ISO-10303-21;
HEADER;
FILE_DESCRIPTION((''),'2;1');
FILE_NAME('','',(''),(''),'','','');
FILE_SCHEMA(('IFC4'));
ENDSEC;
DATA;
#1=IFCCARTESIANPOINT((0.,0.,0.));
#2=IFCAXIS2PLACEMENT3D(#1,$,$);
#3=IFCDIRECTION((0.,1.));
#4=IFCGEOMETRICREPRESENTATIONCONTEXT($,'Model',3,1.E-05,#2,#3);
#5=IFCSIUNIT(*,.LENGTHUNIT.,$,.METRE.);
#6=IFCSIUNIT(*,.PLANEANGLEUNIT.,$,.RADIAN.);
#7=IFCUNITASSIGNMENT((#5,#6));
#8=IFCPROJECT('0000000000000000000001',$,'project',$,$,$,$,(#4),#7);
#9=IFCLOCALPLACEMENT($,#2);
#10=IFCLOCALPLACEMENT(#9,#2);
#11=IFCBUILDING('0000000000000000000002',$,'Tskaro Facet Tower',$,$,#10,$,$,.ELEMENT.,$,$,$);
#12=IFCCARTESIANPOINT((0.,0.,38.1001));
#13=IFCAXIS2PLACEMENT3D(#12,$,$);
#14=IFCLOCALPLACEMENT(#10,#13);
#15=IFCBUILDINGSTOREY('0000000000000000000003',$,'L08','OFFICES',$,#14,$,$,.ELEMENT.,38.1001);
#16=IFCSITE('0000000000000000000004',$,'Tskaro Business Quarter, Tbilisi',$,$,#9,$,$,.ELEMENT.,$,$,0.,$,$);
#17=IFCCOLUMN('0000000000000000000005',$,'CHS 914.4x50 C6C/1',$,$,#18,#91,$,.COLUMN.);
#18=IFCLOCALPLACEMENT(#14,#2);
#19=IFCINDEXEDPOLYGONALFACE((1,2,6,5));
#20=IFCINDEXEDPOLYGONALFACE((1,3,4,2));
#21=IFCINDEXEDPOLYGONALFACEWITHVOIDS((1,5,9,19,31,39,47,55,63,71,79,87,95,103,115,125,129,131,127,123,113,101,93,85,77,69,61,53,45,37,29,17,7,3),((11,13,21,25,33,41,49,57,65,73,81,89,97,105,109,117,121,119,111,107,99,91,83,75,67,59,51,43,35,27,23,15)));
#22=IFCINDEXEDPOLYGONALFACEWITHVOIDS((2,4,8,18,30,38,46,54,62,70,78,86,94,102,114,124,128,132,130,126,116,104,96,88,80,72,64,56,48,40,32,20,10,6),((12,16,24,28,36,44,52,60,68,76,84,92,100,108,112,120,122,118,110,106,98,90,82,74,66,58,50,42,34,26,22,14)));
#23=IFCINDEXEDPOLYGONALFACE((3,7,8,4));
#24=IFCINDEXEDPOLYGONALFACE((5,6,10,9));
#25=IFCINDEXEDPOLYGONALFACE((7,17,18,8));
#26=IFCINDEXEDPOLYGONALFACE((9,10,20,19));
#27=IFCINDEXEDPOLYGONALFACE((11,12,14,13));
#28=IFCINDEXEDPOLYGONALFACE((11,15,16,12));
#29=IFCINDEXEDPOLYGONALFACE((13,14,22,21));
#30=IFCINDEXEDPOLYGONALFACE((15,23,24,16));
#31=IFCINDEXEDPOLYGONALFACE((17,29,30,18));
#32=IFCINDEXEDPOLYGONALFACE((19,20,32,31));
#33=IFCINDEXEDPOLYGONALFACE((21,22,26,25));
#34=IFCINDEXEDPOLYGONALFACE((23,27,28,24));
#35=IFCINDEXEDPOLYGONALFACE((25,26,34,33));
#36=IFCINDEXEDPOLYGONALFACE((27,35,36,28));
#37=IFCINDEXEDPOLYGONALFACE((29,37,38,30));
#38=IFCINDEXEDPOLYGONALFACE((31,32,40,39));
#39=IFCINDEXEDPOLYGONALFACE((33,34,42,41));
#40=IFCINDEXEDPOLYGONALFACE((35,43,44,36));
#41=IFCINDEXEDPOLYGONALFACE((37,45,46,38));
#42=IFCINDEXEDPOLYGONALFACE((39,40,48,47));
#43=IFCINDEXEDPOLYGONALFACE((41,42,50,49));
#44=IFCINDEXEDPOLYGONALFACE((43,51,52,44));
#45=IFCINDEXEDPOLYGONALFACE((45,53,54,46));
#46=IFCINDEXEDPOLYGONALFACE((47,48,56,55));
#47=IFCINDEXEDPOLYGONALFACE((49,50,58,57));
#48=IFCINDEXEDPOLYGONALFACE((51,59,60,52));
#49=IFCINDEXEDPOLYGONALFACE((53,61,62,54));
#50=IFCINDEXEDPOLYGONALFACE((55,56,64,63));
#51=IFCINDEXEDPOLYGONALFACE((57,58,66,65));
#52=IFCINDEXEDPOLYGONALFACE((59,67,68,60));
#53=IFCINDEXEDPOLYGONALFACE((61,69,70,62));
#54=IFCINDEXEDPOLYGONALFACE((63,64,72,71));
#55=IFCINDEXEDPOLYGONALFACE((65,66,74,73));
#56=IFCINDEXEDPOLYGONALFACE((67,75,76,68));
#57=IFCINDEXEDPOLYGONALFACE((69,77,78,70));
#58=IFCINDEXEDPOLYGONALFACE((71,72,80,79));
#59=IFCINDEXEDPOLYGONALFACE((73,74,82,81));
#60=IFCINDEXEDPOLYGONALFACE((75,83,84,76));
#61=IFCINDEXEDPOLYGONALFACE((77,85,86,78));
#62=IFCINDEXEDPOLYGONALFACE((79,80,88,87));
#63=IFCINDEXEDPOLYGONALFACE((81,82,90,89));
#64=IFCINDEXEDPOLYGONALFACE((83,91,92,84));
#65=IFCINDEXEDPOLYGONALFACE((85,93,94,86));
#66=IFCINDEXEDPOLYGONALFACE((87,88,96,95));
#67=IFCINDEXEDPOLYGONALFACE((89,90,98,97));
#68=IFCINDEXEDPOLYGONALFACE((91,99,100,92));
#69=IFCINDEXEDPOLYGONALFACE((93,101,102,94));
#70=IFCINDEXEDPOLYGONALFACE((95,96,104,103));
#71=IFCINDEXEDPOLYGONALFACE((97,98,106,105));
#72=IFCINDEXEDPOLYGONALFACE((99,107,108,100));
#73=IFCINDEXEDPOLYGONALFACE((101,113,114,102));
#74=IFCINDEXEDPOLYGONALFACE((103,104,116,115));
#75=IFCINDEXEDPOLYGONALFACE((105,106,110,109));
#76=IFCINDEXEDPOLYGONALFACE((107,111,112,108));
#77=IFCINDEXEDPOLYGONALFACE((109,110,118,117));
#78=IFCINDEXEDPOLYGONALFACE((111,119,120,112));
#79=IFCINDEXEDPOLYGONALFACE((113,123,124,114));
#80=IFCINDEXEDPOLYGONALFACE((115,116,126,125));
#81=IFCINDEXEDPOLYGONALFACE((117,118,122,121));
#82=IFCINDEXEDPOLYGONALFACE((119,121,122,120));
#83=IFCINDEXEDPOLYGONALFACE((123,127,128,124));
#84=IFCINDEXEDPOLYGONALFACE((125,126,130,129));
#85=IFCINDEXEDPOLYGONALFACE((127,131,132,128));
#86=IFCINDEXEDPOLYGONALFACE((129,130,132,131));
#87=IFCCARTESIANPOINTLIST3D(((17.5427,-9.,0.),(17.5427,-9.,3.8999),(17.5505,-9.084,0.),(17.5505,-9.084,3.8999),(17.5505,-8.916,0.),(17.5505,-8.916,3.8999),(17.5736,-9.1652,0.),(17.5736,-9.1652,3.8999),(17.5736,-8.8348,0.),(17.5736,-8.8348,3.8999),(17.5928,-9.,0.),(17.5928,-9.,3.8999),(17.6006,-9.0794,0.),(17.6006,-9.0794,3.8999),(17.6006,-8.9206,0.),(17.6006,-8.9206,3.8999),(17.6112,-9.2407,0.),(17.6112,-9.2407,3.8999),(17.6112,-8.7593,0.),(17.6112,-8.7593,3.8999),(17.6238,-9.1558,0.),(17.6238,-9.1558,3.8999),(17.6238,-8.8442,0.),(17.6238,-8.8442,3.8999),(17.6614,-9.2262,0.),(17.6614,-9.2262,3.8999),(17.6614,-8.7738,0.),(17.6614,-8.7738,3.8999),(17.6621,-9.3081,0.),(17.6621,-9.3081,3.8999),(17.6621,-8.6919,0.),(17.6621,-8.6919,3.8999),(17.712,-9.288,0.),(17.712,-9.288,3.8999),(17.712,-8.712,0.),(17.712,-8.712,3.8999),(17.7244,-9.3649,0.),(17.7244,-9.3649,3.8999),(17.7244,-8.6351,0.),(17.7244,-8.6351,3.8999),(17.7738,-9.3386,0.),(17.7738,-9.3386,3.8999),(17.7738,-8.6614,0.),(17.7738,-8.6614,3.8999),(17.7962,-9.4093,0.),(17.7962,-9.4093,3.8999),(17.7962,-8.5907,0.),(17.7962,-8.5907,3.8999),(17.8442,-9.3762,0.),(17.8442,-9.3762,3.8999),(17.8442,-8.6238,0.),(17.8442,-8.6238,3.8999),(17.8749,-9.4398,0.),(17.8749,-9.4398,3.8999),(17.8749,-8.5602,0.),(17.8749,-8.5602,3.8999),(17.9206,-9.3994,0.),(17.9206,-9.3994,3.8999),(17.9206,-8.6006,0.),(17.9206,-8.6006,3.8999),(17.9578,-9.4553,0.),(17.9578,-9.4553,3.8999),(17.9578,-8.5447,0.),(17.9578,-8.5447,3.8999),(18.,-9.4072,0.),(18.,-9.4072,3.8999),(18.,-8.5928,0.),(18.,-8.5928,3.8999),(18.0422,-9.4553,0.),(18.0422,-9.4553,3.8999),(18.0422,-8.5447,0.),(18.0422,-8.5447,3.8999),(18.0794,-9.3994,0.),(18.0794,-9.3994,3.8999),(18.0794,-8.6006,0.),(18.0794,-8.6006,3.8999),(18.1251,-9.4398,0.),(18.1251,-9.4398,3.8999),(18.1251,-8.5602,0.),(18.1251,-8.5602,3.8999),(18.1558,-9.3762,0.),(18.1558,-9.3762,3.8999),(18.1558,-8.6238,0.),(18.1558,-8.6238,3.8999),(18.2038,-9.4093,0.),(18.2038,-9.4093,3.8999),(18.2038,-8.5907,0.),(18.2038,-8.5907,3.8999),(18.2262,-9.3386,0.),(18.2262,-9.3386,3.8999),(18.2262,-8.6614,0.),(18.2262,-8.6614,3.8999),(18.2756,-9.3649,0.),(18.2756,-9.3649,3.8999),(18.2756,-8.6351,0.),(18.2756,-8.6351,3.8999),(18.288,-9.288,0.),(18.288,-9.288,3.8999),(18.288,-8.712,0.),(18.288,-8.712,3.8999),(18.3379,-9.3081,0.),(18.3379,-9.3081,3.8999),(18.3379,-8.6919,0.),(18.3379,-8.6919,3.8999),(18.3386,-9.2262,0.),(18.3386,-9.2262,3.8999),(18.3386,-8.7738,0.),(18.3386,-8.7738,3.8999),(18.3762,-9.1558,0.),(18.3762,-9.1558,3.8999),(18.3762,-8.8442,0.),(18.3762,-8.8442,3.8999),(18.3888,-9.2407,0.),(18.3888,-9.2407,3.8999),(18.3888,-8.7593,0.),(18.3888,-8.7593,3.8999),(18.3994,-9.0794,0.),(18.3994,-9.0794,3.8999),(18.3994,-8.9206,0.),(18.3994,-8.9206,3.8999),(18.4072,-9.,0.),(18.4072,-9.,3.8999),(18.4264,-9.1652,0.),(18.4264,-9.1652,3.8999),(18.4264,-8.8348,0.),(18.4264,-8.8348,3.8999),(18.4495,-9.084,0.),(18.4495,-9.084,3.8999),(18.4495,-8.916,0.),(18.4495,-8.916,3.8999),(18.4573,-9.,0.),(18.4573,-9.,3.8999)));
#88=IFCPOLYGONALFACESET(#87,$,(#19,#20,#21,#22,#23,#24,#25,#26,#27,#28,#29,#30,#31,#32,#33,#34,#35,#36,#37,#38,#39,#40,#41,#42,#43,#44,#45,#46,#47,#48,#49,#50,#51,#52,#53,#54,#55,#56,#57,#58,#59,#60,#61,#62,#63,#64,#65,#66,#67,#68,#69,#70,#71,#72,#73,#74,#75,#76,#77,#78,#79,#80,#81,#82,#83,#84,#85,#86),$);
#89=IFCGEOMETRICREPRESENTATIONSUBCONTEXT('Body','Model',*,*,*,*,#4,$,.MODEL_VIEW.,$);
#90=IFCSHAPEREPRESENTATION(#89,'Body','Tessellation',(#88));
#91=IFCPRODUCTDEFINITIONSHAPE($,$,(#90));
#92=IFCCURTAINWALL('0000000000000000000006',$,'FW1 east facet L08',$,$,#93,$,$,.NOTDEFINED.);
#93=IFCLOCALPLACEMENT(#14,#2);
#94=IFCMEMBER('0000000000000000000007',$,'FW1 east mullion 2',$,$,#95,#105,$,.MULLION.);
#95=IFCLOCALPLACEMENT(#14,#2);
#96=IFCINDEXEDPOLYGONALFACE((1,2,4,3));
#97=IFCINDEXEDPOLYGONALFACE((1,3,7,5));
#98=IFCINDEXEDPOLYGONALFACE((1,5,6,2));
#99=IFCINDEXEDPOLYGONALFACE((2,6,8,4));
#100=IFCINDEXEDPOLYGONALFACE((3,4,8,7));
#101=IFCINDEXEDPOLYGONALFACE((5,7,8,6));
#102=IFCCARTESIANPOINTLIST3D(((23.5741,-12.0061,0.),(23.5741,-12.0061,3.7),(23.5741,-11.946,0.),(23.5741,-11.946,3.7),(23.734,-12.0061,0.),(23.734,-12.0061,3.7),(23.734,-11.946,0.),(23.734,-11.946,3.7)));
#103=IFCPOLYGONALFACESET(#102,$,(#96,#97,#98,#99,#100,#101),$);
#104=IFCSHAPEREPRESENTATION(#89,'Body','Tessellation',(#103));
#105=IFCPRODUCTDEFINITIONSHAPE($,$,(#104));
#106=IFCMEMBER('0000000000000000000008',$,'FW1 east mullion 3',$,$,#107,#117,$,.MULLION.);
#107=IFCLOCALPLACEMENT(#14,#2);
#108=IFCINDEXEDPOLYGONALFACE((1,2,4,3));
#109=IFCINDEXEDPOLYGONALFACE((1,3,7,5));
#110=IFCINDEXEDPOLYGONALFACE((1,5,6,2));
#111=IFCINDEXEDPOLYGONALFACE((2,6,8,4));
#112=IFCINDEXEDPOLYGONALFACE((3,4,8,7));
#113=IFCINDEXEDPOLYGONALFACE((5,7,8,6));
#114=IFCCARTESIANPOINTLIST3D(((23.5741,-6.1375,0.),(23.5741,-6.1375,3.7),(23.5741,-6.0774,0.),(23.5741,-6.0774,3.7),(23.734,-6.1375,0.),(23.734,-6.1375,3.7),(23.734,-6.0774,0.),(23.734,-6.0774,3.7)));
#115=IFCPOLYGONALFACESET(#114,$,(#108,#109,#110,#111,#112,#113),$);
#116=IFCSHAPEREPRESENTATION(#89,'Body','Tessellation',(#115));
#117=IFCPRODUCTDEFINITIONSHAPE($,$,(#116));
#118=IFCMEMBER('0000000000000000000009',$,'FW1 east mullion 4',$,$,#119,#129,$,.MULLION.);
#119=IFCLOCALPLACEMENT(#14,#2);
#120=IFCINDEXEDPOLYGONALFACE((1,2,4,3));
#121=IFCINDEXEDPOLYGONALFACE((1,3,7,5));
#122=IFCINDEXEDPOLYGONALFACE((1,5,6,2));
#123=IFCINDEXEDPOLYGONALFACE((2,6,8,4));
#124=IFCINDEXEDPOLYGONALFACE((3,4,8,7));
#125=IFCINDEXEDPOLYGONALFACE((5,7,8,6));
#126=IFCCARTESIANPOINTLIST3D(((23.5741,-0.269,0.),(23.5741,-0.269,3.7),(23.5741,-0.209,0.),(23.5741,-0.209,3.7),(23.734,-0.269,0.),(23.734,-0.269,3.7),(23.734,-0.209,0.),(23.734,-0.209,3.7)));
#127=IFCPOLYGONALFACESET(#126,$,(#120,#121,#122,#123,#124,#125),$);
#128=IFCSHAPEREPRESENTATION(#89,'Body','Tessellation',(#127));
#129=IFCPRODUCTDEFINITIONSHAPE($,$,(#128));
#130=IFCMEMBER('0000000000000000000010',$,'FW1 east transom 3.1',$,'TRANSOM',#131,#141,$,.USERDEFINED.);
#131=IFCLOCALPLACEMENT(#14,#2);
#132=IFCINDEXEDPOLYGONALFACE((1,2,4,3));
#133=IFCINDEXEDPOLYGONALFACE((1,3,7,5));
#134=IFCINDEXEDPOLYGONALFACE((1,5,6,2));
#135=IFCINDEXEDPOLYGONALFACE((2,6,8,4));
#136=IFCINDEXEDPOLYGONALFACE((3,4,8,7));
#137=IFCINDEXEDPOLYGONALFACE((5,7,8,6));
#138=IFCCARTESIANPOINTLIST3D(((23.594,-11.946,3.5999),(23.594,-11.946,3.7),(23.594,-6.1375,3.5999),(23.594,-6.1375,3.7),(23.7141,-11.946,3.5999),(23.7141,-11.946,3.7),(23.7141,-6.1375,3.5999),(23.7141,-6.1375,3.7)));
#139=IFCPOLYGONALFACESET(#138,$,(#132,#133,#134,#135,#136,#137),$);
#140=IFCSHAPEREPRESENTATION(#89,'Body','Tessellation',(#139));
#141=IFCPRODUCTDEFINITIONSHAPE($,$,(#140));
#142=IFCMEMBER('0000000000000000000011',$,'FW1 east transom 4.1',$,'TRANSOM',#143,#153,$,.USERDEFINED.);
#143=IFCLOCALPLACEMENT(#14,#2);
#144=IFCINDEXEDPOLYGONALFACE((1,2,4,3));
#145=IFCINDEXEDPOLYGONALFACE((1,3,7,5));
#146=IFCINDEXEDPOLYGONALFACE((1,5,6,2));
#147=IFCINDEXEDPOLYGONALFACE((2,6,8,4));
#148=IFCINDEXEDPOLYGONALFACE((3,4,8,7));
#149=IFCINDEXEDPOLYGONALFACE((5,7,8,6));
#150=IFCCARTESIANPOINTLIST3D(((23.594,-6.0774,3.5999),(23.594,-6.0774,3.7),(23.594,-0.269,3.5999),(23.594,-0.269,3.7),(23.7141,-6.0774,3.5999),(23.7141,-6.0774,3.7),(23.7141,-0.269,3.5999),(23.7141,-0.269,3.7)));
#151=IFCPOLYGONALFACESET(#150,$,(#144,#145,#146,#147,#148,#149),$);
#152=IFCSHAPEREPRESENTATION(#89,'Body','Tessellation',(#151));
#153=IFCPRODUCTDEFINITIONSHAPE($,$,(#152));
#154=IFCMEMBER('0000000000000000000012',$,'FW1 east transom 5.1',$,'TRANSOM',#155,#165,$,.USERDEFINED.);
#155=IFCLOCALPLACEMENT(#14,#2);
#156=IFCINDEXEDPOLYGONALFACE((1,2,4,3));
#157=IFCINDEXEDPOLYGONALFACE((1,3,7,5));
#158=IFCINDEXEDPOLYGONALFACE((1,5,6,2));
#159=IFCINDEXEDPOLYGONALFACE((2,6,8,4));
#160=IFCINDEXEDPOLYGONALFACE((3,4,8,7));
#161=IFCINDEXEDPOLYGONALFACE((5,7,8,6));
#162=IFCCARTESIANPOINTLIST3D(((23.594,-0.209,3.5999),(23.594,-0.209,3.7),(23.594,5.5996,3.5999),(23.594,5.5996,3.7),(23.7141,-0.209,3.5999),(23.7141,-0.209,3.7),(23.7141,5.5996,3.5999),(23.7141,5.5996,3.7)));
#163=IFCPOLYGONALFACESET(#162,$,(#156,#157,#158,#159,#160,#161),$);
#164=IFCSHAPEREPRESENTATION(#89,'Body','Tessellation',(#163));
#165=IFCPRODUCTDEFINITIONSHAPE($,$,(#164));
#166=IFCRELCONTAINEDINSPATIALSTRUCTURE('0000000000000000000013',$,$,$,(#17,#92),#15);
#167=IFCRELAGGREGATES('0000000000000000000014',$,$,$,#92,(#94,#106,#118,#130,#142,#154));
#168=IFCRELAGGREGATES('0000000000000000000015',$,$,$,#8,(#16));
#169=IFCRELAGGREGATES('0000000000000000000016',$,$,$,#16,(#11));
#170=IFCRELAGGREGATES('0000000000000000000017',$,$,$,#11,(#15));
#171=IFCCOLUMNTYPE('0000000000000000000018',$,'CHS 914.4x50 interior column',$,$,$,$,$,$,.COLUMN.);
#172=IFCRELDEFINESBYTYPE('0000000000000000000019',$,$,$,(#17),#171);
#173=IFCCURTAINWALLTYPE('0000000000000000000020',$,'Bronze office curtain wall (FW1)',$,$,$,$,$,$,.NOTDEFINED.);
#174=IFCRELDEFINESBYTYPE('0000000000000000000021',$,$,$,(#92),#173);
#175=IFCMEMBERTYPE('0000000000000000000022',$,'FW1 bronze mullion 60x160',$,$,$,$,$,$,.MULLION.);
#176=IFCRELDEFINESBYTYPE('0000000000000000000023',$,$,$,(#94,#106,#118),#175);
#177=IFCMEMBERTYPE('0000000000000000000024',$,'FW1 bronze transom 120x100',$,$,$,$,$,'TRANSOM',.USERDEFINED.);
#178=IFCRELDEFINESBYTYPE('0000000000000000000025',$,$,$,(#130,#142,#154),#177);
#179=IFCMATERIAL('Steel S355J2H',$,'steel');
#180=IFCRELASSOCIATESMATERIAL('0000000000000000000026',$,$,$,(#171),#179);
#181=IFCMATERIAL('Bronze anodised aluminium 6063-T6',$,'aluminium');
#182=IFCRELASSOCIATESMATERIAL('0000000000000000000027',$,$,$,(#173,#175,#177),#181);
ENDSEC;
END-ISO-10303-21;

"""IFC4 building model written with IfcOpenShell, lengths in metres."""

from ifc_helpers import new_model, si_unit, direction, frame, origin, origin_2d, place, context, subcontext, project, spatial, rectangle, hollow_circle, extrude, material, material_profile, profile_set, type_object, element, aggregate, save


model = new_model("IFC4")

# Units and contexts
model_context = context("Model", 3, precision=1e-05, world=origin(), true_north=direction((0.0, 1.0)))
body_context = subcontext(model_context, "Body", "Model", "MODEL_VIEW")
ifc_project = project(units=[si_unit("LENGTHUNIT", "METRE"), si_unit("PLANEANGLEUNIT", "RADIAN")], contexts=[model_context])

# Site, building, storey
site_placement = place(None, origin())
site = spatial("IfcSite", under=ifc_project, at=site_placement, Name="Tskaro Business Quarter, Tbilisi", CompositionType="ELEMENT", RefElevation=0.0)
building_placement = place(site_placement, origin())
building = spatial("IfcBuilding", under=site, at=building_placement, Name="Tskaro Facet Tower", CompositionType="ELEMENT")
storey_placement = place(building_placement, frame((0.0, 0.0, 38.1001)))
storey = spatial("IfcBuildingStorey", under=building, at=storey_placement, Name="L08", Description="OFFICES", CompositionType="ELEMENT", Elevation=38.1001)

# Column
ifc_material_1 = material(Name="Steel S355J2H", Category="steel")
ifc_material_profile_1 = material_profile(ifc_material_1, hollow_circle(Radius=0.4573, WallThickness=0.05, at=origin_2d()), Name="CHS 914.4x50")
ifc_profile_set_1 = profile_set([ifc_material_profile_1], Name="Steel S355J2H")
column_type_1 = type_object("IfcColumnType", Name="CHS 914.4x50 interior column", PredefinedType="COLUMN", material=ifc_profile_set_1)
column_placement = place(storey_placement, frame((18.0, -9.0, 0.0), z_axis=(0.0, 0.0, 1.0), x_axis=(1.0, 0.0, 0.0)))
element("IfcColumn", 1, at=column_placement, inside=storey, type_object=column_type_1, Name="CHS 914.4x50 C6C/1", PredefinedType="COLUMN", context=body_context, shape_type="SweptSolid", body=[
    extrude(hollow_circle(Radius=0.4573, WallThickness=0.05, at=origin_2d()), origin(), (0.0, 0.0, 1.0), 3.8999),
])

# Curtain wall, members
ifc_material_2 = material(Name="Bronze anodised aluminium 6063-T6", Category="aluminium")
curtain_wall_type = type_object("IfcCurtainWallType", Name="Bronze office curtain wall (FW1)", PredefinedType="NOTDEFINED", material=ifc_material_2)
curtain_wall_placement = place(storey_placement, origin())
curtain_wall = element("IfcCurtainWall", 2, at=curtain_wall_placement, inside=storey, type_object=curtain_wall_type, Name="FW1 east facet L08", PredefinedType="NOTDEFINED")
ifc_material_profile_2 = material_profile(ifc_material_2, rectangle(XDim=0.0601, YDim=0.1599, at=origin_2d()), Name="Mullion 60x160")
ifc_profile_set_2 = profile_set([ifc_material_profile_2], Name="Bronze anodised aluminium 6063-T6")
member_type_1 = type_object("IfcMemberType", Name="FW1 bronze mullion 60x160", PredefinedType="MULLION", material=ifc_profile_set_2)
member_1_placement = place(storey_placement, frame((23.6541, -11.9761, 0.0), z_axis=(0.0, 0.0, 1.0), x_axis=(0.0, 1.0, 0.0)))
member_1 = element("IfcMember", 3, at=member_1_placement, type_object=member_type_1, Name="FW1 east mullion 2", PredefinedType="MULLION", context=body_context, shape_type="SweptSolid", body=[
    extrude(rectangle(XDim=0.0601, YDim=0.1599, at=origin_2d()), origin(), (0.0, 0.0, 1.0), 3.7),
])
member_2_placement = place(storey_placement, frame((23.6541, -6.1074, 0.0), z_axis=(0.0, 0.0, 1.0), x_axis=(0.0, 1.0, 0.0)))
member_2 = element("IfcMember", 4, at=member_2_placement, type_object=member_type_1, Name="FW1 east mullion 3", PredefinedType="MULLION", context=body_context, shape_type="SweptSolid", body=[
    extrude(rectangle(XDim=0.0601, YDim=0.1599, at=origin_2d()), origin(), (0.0, 0.0, 1.0), 3.7),
])
member_3_placement = place(storey_placement, frame((23.6541, -0.239, 0.0), z_axis=(0.0, 0.0, 1.0), x_axis=(0.0, 1.0, 0.0)))
member_3 = element("IfcMember", 5, at=member_3_placement, type_object=member_type_1, Name="FW1 east mullion 4", PredefinedType="MULLION", context=body_context, shape_type="SweptSolid", body=[
    extrude(rectangle(XDim=0.0601, YDim=0.1599, at=origin_2d()), origin(), (0.0, 0.0, 1.0), 3.7),
])
ifc_material_profile_3 = material_profile(ifc_material_2, rectangle(XDim=0.1201, YDim=0.1001, at=origin_2d()), Name="Transom 120x100")
ifc_profile_set_3 = profile_set([ifc_material_profile_3], Name="Bronze anodised aluminium 6063-T6")
member_type_2 = type_object("IfcMemberType", Name="FW1 bronze transom 120x100", ElementType="TRANSOM", PredefinedType="USERDEFINED", material=ifc_profile_set_3)
member_4_placement = place(storey_placement, frame((23.6541, -11.946, 3.6499), z_axis=(0.0, 1.0, 0.0), x_axis=(-1.0, 0.0, 0.0)))
member_4 = element("IfcMember", 6, at=member_4_placement, type_object=member_type_2, Name="FW1 east transom 3.1", ObjectType="TRANSOM", PredefinedType="USERDEFINED", context=body_context, shape_type="SweptSolid", body=[
    extrude(rectangle(XDim=0.1201, YDim=0.1001, at=origin_2d()), origin(), (0.0, 0.0, 1.0), 5.8086),
])
member_5_placement = place(storey_placement, frame((23.6541, -6.0774, 3.6499), z_axis=(0.0, 1.0, 0.0), x_axis=(-1.0, 0.0, 0.0)))
member_5 = element("IfcMember", 7, at=member_5_placement, type_object=member_type_2, Name="FW1 east transom 4.1", ObjectType="TRANSOM", PredefinedType="USERDEFINED", context=body_context, shape_type="SweptSolid", body=[
    extrude(rectangle(XDim=0.1201, YDim=0.1001, at=origin_2d()), origin(), (0.0, 0.0, 1.0), 5.8083),
])
member_6_placement = place(storey_placement, frame((23.6541, -0.209, 3.6499), z_axis=(0.0, 1.0, 0.0), x_axis=(-1.0, 0.0, 0.0)))
member_6 = element("IfcMember", 8, at=member_6_placement, type_object=member_type_2, Name="FW1 east transom 5.1", ObjectType="TRANSOM", PredefinedType="USERDEFINED", context=body_context, shape_type="SweptSolid", body=[
    extrude(rectangle(XDim=0.1201, YDim=0.1001, at=origin_2d()), origin(), (0.0, 0.0, 1.0), 5.8086),
])

aggregate(curtain_wall, [member_1, member_2, member_3, member_4, member_5, member_6])

save(model, "model.ifc")
